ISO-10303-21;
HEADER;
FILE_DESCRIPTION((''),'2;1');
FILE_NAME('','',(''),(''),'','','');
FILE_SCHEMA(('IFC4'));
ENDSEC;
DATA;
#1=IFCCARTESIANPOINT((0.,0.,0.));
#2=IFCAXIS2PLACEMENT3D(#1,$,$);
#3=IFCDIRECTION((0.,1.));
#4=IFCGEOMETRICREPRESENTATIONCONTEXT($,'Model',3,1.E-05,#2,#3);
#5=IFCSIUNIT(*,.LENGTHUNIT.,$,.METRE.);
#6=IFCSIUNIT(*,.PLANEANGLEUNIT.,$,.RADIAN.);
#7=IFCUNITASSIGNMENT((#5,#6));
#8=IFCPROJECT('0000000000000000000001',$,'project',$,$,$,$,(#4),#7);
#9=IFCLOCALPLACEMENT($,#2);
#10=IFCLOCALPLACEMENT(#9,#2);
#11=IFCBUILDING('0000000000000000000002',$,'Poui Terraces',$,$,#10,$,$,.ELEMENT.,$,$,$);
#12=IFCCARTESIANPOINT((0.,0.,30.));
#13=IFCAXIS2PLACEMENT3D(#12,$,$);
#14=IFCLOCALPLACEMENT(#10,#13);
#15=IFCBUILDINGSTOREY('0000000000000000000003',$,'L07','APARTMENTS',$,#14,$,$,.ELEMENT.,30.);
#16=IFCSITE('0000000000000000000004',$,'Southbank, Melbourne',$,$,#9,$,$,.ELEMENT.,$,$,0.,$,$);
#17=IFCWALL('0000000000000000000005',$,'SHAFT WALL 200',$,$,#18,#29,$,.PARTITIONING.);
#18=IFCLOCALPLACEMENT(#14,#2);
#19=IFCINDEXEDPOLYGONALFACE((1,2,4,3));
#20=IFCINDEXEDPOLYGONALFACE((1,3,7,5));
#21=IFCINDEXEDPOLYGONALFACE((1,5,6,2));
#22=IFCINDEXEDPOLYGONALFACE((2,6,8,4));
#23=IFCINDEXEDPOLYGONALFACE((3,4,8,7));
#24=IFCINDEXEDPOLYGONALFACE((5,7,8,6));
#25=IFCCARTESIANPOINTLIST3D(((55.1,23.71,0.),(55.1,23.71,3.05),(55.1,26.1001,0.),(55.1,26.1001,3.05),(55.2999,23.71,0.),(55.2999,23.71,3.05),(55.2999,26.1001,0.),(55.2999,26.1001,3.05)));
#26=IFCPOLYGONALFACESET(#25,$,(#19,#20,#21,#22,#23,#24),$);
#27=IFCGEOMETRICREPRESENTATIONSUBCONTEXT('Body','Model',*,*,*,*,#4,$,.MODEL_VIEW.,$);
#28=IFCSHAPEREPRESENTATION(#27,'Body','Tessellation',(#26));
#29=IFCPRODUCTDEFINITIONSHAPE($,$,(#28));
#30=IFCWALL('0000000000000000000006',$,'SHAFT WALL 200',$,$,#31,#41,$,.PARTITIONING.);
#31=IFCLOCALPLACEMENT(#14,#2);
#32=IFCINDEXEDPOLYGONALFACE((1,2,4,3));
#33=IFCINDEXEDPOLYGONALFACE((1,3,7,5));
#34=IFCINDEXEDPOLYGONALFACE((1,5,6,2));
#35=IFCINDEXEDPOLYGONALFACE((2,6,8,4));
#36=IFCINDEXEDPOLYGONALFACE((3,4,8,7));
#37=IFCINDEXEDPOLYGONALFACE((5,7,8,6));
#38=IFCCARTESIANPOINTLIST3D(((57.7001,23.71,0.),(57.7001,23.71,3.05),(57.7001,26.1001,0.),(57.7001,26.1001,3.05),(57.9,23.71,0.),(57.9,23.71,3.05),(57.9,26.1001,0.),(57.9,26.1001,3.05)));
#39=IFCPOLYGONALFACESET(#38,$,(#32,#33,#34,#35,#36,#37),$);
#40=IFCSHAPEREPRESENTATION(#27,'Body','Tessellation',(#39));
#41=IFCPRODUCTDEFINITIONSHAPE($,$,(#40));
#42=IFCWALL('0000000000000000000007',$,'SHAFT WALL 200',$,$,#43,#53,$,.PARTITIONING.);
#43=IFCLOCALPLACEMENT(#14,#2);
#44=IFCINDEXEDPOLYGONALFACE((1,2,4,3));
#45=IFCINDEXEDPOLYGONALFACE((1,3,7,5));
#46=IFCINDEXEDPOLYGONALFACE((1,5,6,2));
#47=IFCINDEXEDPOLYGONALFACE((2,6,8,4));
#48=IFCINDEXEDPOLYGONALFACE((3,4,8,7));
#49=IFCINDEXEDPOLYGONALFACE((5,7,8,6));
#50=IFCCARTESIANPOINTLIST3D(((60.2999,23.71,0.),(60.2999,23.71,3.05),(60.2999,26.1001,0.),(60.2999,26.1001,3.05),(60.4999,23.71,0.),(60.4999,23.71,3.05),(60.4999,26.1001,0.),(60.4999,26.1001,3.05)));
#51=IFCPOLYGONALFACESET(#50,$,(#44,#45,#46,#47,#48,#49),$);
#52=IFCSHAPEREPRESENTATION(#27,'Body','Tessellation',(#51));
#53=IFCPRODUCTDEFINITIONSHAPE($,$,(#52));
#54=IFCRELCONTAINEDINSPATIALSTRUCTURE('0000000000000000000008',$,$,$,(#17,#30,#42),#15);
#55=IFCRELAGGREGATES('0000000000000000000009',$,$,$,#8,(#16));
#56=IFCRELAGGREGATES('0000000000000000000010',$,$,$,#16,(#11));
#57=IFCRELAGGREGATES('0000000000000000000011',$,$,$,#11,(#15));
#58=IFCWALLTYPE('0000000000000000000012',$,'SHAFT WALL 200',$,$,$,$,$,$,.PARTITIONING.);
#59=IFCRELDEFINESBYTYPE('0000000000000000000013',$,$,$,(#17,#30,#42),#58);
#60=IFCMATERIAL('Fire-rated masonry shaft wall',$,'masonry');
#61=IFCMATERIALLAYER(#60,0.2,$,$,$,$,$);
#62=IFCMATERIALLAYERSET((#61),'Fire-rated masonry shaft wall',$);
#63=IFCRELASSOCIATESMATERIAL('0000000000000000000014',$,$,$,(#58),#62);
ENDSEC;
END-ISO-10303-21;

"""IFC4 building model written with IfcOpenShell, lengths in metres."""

from ifc_helpers import new_model, si_unit, direction, frame, frame_2d, origin, place, context, subcontext, project, spatial, rectangle, extrude, material, layer, layer_set, type_object, element, save


model = new_model("IFC4")

# Units and contexts
model_context = context("Model", 3, precision=1e-05, world=origin(), true_north=direction((0.0, 1.0)))
body_context = subcontext(model_context, "Body", "Model", "MODEL_VIEW")
ifc_project = project(units=[si_unit("LENGTHUNIT", "METRE"), si_unit("PLANEANGLEUNIT", "RADIAN")], contexts=[model_context])

# Site, building, storey
site_placement = place(None, origin())
site = spatial("IfcSite", under=ifc_project, at=site_placement, Name="Southbank, Melbourne", CompositionType="ELEMENT", RefElevation=0.0)
building_placement = place(site_placement, origin())
building = spatial("IfcBuilding", under=site, at=building_placement, Name="Poui Terraces", CompositionType="ELEMENT")
storey_placement = place(building_placement, frame((0.0, 0.0, 30.0)))
storey = spatial("IfcBuildingStorey", under=building, at=storey_placement, Name="L07", Description="APARTMENTS", CompositionType="ELEMENT", Elevation=30.0)

# Walls
ifc_material_1 = material(Name="Fire-rated masonry shaft wall", Category="masonry")
ifc_layer_1 = layer(ifc_material_1, 0.2)
ifc_layer_set_1 = layer_set([ifc_layer_1], Name="Fire-rated masonry shaft wall")
wall_type_1 = type_object("IfcWallType", Name="SHAFT WALL 200", PredefinedType="PARTITIONING", material=ifc_layer_set_1)
for number, where, z_axis, x_axis, name in (
    (1, (55.2, 23.71, 0.0), (0.0, 0.0, 1.0), (0.0, 1.0, 0.0), "SHAFT WALL 200"),
    (2, (57.8, 23.71, 0.0), (0.0, 0.0, 1.0), (0.0, 1.0, 0.0), "SHAFT WALL 200"),
    (3, (60.3999, 23.71, 0.0), (0.0, 0.0, 1.0), (0.0, 1.0, 0.0), "SHAFT WALL 200"),
):
    element("IfcWall", number, at=place(storey_placement, frame(where, z_axis=z_axis, x_axis=x_axis)), inside=storey, type_object=wall_type_1, Name=name, PredefinedType="PARTITIONING", context=body_context, shape_type="SweptSolid", body=[
        extrude(rectangle(XDim=2.3901, YDim=0.2, at=frame_2d((1.1951, 0.0))), origin(), (0.0, 0.0, 1.0), 3.05),
    ])

save(model, "model.ifc")
